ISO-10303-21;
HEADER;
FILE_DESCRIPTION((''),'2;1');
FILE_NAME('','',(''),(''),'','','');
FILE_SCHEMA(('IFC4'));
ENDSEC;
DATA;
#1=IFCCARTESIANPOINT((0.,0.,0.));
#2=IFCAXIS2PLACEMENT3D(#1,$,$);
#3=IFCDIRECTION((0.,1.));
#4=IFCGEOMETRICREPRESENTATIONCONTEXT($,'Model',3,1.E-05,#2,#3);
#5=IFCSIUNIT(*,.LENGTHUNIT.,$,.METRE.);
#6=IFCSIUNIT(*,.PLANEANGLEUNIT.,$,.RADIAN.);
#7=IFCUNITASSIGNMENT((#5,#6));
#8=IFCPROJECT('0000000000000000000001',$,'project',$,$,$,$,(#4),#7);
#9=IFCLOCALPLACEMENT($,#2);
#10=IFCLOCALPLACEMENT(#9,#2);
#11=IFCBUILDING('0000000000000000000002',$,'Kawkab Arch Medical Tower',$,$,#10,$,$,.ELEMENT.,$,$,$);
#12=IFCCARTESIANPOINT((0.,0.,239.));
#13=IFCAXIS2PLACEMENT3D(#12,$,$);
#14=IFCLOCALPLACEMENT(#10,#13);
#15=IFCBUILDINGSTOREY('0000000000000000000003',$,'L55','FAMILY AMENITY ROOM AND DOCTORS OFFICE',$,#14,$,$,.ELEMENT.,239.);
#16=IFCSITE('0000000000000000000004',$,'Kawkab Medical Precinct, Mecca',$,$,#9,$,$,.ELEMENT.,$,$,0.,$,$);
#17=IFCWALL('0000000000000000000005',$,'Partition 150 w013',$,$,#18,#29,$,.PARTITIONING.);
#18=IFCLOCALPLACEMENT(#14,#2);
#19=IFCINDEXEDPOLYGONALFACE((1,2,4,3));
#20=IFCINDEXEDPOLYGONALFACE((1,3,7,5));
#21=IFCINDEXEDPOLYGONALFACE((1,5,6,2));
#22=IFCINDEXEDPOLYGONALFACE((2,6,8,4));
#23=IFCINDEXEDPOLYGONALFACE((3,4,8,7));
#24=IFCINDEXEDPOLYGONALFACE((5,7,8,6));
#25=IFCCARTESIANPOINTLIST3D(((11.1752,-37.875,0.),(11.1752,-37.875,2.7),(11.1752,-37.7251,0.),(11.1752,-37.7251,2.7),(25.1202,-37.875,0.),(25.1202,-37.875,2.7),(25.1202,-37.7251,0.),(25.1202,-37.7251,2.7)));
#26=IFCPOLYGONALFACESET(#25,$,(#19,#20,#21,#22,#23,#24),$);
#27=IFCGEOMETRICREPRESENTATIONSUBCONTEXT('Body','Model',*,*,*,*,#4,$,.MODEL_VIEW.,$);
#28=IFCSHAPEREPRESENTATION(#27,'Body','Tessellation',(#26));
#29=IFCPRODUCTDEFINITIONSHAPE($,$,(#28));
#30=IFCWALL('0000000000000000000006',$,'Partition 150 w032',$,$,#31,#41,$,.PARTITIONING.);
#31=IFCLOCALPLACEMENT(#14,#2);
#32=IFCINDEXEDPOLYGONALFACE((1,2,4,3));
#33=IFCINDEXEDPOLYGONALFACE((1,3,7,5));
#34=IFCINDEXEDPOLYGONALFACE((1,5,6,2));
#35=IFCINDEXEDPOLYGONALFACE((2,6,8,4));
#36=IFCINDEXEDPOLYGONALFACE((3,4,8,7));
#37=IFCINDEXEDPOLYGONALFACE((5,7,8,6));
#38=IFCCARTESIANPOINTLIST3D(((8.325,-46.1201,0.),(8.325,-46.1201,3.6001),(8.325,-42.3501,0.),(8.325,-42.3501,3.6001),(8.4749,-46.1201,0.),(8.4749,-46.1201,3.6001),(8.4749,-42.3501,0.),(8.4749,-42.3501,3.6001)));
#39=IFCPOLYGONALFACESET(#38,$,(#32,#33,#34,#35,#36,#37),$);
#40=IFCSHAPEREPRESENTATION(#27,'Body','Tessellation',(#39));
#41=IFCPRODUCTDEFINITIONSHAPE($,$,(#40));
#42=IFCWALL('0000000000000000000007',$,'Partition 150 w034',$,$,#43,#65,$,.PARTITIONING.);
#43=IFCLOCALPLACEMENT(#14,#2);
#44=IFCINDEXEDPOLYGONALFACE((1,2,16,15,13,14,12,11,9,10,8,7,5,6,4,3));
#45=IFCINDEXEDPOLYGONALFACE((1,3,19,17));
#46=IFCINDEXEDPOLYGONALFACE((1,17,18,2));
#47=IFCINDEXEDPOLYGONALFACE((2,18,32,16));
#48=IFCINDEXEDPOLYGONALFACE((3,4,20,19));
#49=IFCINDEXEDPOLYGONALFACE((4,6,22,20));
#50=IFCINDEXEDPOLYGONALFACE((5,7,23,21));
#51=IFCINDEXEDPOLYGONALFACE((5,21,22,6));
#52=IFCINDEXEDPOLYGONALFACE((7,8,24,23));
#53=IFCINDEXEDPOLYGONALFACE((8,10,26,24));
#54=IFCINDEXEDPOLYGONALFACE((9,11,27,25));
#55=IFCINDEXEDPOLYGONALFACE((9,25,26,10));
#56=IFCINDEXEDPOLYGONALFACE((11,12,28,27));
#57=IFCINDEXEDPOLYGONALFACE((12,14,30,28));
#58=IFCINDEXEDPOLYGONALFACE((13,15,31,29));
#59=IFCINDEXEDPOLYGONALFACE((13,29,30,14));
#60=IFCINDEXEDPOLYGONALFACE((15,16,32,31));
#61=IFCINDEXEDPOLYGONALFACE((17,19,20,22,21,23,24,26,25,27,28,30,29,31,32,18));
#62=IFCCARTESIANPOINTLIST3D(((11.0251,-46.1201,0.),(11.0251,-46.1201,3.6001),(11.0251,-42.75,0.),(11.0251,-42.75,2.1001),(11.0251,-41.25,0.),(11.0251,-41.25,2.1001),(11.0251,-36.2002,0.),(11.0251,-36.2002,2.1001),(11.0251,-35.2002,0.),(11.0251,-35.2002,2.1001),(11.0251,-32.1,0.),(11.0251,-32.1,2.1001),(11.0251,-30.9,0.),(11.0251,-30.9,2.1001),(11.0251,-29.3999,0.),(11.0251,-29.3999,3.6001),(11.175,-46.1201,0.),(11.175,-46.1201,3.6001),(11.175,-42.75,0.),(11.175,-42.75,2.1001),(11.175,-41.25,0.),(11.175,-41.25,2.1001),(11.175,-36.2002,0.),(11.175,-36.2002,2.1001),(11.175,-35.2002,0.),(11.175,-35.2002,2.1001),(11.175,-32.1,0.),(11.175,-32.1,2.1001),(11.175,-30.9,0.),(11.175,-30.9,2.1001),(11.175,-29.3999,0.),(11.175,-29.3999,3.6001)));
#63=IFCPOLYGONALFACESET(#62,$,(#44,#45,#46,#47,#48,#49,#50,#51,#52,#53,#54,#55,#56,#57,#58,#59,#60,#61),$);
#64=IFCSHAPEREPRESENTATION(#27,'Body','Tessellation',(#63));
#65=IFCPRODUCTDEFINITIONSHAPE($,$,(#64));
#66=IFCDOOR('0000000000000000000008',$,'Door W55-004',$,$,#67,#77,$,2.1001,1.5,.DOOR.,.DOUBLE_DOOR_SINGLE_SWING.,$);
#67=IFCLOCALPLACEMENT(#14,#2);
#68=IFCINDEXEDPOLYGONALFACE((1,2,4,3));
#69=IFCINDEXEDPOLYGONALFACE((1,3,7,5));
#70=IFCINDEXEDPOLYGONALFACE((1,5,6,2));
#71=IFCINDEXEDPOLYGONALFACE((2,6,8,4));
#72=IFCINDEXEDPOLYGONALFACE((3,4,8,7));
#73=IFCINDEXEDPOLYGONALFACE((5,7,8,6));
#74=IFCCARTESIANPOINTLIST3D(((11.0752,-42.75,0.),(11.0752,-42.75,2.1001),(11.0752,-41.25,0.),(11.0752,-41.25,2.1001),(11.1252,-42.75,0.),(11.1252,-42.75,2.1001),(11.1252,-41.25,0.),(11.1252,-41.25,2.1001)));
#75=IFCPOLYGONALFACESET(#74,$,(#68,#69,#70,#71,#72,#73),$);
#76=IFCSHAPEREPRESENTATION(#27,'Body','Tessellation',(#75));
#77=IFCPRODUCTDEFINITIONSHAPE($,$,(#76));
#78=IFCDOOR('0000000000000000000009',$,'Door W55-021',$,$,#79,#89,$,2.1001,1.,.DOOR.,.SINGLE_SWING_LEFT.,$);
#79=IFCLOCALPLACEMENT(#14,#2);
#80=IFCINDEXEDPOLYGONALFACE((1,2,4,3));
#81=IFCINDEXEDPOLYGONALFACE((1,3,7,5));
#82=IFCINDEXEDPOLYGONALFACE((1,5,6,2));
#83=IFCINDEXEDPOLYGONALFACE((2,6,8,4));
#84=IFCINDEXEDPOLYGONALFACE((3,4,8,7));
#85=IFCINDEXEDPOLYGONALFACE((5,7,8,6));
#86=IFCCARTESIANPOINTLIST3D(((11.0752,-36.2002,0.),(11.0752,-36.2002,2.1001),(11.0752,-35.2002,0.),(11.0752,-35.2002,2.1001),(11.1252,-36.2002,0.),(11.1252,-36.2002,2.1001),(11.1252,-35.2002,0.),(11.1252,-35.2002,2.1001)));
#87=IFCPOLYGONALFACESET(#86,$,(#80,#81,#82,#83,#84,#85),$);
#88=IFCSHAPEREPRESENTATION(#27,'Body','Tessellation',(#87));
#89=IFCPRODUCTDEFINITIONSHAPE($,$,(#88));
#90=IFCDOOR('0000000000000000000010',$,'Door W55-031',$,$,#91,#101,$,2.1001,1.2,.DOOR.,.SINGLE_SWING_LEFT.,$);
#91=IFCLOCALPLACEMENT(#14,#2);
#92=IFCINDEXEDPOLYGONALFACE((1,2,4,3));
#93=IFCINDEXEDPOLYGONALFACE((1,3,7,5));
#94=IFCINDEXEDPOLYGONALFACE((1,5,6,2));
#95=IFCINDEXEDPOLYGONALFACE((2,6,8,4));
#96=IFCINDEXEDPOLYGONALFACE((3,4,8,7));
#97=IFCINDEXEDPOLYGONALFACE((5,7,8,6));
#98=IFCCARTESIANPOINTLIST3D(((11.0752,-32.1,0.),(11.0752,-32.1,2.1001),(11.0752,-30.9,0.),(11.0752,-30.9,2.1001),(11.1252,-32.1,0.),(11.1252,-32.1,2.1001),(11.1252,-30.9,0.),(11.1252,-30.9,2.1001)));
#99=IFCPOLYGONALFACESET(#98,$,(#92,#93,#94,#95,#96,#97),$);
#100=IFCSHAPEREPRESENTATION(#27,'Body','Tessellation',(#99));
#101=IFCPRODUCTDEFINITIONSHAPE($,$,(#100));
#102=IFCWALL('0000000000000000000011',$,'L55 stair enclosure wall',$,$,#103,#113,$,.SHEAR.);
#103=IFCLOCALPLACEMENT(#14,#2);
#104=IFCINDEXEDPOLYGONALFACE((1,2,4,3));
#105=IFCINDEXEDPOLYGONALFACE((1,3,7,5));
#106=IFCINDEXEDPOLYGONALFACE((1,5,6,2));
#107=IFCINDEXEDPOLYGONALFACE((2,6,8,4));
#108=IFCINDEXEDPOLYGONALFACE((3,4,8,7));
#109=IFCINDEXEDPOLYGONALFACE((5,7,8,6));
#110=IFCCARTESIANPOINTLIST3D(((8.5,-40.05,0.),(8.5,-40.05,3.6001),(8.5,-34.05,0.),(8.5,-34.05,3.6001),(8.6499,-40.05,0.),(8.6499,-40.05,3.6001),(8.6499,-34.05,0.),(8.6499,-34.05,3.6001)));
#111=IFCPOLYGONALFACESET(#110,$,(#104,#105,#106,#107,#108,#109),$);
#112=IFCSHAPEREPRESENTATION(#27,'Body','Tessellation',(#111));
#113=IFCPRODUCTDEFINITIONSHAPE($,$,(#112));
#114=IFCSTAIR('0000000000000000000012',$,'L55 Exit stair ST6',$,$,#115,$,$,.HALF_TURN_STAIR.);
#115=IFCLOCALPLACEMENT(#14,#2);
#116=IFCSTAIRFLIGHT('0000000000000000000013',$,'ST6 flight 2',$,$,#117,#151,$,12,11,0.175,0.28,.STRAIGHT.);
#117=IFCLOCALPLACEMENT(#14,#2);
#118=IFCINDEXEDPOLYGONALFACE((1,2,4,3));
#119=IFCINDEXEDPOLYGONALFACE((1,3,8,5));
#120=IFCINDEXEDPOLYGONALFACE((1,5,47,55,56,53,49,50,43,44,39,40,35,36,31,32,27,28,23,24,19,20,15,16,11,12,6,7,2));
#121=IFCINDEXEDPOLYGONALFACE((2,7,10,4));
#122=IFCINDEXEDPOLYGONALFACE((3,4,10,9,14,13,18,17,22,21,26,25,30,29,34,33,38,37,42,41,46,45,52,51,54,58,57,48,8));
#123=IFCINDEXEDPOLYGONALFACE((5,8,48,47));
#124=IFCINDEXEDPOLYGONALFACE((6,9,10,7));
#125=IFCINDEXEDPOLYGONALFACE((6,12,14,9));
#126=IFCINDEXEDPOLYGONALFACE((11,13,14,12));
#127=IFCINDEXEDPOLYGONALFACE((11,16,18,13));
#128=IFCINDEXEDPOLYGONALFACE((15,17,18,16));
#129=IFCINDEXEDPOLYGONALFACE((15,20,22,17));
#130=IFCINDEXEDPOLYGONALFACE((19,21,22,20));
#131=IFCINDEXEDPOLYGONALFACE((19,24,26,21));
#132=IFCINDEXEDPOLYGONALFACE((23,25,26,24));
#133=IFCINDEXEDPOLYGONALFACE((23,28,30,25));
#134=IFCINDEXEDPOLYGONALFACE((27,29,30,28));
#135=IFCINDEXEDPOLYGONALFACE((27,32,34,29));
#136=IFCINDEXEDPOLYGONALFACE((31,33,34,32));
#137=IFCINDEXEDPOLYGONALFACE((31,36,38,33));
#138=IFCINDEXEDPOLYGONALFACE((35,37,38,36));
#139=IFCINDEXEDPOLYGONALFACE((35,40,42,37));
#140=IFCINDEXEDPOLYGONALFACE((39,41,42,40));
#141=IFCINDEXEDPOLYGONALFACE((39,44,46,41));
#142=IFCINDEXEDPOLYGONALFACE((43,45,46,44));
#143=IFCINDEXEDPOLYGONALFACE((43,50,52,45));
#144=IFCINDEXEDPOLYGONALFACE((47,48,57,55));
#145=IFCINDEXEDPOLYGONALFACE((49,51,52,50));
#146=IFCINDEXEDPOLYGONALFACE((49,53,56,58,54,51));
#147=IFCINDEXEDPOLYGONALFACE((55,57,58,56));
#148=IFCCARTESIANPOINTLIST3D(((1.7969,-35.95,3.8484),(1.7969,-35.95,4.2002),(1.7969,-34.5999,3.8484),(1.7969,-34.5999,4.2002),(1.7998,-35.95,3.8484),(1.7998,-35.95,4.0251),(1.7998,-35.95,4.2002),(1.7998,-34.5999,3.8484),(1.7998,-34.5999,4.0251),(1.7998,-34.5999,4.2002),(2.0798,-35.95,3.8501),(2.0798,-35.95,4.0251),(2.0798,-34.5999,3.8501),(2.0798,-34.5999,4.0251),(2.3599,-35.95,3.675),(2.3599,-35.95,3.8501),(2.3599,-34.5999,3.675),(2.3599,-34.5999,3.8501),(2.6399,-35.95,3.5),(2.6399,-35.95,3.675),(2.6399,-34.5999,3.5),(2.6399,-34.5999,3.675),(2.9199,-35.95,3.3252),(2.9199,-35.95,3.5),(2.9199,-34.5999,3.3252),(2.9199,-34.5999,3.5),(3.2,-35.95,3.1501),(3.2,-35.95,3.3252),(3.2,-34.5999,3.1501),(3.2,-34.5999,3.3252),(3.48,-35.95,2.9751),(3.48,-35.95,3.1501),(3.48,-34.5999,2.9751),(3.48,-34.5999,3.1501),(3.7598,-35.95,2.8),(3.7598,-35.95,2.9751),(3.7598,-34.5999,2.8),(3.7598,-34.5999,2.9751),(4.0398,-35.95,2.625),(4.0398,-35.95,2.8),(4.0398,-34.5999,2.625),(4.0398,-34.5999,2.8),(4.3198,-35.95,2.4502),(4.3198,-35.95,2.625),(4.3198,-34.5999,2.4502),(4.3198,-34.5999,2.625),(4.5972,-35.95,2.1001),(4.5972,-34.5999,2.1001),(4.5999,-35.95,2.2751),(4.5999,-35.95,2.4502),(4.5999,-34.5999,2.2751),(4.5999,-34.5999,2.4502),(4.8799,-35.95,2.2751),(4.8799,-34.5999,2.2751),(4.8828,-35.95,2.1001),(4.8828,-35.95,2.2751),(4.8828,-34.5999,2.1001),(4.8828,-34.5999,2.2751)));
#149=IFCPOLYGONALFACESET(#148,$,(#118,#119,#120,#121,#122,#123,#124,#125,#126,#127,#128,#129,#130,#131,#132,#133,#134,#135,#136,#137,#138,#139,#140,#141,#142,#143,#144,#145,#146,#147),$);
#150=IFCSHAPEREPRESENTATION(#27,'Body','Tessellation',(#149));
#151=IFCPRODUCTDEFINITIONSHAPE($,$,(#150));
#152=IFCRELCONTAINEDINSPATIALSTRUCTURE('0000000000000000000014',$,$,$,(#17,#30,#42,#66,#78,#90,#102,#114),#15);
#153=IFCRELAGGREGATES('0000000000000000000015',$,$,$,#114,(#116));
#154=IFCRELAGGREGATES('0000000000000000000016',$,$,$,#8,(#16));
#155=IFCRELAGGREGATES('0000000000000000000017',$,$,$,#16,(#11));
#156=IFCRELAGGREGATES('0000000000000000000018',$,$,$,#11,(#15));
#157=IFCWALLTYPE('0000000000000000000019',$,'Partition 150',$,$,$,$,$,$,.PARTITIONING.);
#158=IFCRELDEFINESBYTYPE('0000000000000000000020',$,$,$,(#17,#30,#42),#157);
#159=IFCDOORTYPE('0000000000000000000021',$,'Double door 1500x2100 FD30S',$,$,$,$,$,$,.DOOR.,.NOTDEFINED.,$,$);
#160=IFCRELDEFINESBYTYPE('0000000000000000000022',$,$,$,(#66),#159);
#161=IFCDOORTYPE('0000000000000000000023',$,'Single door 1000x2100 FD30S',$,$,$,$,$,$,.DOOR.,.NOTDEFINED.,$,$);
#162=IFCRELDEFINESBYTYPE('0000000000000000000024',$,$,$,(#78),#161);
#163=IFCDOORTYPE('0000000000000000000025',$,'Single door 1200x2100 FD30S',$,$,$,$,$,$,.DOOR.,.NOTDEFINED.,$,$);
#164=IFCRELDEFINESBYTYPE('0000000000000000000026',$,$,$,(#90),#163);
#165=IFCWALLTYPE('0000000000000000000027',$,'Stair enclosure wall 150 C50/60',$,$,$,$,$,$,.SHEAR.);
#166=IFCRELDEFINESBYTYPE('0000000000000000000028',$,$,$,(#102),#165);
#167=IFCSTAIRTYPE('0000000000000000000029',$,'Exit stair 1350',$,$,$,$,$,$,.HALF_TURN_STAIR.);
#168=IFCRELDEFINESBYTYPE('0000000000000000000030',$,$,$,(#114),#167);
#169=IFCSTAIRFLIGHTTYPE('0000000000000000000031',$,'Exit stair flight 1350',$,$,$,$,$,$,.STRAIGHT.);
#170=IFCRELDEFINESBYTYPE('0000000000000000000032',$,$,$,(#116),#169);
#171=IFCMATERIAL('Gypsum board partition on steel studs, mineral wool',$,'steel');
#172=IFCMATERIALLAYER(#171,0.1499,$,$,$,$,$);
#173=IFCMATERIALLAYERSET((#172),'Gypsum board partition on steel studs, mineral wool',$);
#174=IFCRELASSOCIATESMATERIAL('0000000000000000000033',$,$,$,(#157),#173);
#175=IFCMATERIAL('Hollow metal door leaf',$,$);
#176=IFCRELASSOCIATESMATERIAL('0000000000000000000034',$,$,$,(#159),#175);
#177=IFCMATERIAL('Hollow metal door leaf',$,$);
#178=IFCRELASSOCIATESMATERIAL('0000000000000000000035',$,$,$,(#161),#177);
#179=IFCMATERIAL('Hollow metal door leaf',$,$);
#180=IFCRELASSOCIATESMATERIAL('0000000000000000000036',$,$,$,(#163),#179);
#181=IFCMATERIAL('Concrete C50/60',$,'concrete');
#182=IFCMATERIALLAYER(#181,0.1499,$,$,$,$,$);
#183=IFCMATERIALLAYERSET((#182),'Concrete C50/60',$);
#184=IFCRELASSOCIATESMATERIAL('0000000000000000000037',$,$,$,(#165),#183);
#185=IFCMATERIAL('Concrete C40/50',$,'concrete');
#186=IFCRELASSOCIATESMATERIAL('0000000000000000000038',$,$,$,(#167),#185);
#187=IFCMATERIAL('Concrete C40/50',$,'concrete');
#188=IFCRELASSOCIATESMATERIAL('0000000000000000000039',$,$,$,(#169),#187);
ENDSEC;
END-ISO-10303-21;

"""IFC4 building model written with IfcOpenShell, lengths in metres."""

from ifc_helpers import new_model, si_unit, direction, frame, frame_2d, origin, place, context, subcontext, project, spatial, polyline, rectangle, outline, extrude, material, layer, layer_set, type_object, element, fill, aggregate, save


model = new_model("IFC4")

# Units and contexts
model_context = context("Model", 3, precision=1e-05, world=origin(), true_north=direction((0.0, 1.0)))
body_context = subcontext(model_context, "Body", "Model", "MODEL_VIEW")
ifc_project = project(units=[si_unit("LENGTHUNIT", "METRE"), si_unit("PLANEANGLEUNIT", "RADIAN")], contexts=[model_context])

# Site, building, storey
site_placement = place(None, origin())
site = spatial("IfcSite", under=ifc_project, at=site_placement, Name="Kawkab Medical Precinct, Mecca", CompositionType="ELEMENT", RefElevation=0.0)
building_placement = place(site_placement, origin())
building = spatial("IfcBuilding", under=site, at=building_placement, Name="Kawkab Arch Medical Tower", CompositionType="ELEMENT")
storey_placement = place(building_placement, frame((0.0, 0.0, 239.0)))
storey = spatial("IfcBuildingStorey", under=building, at=storey_placement, Name="L55", Description="FAMILY AMENITY ROOM AND DOCTORS OFFICE", CompositionType="ELEMENT", Elevation=239.0)

# Shared definitions
placement = place(storey_placement, origin())

# Walls
ifc_material_1 = material(Name="Gypsum board partition on steel studs, mineral wool", Category="steel")
ifc_layer_1 = layer(ifc_material_1, 0.1499)
ifc_layer_set_1 = layer_set([ifc_layer_1], Name="Gypsum board partition on steel studs, mineral wool")
wall_type_1 = type_object("IfcWallType", Name="Partition 150", PredefinedType="PARTITIONING", material=ifc_layer_set_1)
wall_1_placement = place(storey_placement, frame((11.175, -37.8, 0.0), z_axis=(0.0, 0.0, 1.0), x_axis=(1.0, 0.0, 0.0)))
element("IfcWall", 1, at=wall_1_placement, inside=storey, type_object=wall_type_1, Name="Partition 150 w013", PredefinedType="PARTITIONING", context=body_context, shape_type="SweptSolid", body=[
    extrude(rectangle(XDim=13.9451, YDim=0.1499, at=frame_2d((6.9727, 0.0))), origin(), (0.0, 0.0, 1.0), 2.7),
])
wall_2_placement = place(storey_placement, frame((8.3999, -46.1201, 0.0), z_axis=(0.0, 0.0, 1.0), x_axis=(0.0, 1.0, 0.0)))
element("IfcWall", 2, at=wall_2_placement, inside=storey, type_object=wall_type_1, Name="Partition 150 w032", PredefinedType="PARTITIONING", context=body_context, shape_type="SweptSolid", body=[
    extrude(rectangle(XDim=3.77, YDim=0.1499, at=frame_2d((1.885, 0.0))), origin(), (0.0, 0.0, 1.0), 3.6001),
])

# Wall, openings, doors
wall_3_placement = place(storey_placement, frame((11.1001, -46.1201, 0.0), z_axis=(0.0, 0.0, 1.0), x_axis=(0.0, 1.0, 0.0)))
wall_3 = element("IfcWall", 3, at=wall_3_placement, inside=storey, type_object=wall_type_1, Name="Partition 150 w034", PredefinedType="PARTITIONING", context=body_context, shape_type="SweptSolid", body=[
    extrude(rectangle(XDim=16.7202, YDim=0.1499, at=frame_2d((8.3601, 0.0))), origin(), (0.0, 0.0, 1.0), 3.6001),
])
opening_1_placement = place(wall_3_placement, frame((14.02, 0.0, 0.0)))
opening_1 = element("IfcOpeningElement", 4, at=opening_1_placement, cuts=wall_3, PredefinedType="OPENING", context=body_context, shape_type="SweptSolid", body=[
    extrude(rectangle(XDim=1.2, YDim=2.1001, at=frame_2d((0.6001, 1.05))), frame((0.0, 0.085, 0.0), z_axis=(0.0, -1.0, 0.0), x_axis=(1.0, 0.0, 0.0)), (0.0, 0.0, 1.0), 0.1699),
])
opening_2_placement = place(wall_3_placement, frame((9.9199, 0.0, 0.0)))
opening_2 = element("IfcOpeningElement", 5, at=opening_2_placement, cuts=wall_3, PredefinedType="OPENING", context=body_context, shape_type="SweptSolid", body=[
    extrude(rectangle(XDim=1.0, YDim=2.1001, at=frame_2d((0.5, 1.05))), frame((0.0, 0.085, 0.0), z_axis=(0.0, -1.0, 0.0), x_axis=(1.0, 0.0, 0.0)), (0.0, 0.0, 1.0), 0.1699),
])
opening_3_placement = place(wall_3_placement, frame((3.3701, 0.0, 0.0)))
opening_3 = element("IfcOpeningElement", 6, at=opening_3_placement, cuts=wall_3, PredefinedType="OPENING", context=body_context, shape_type="SweptSolid", body=[
    extrude(rectangle(XDim=1.5, YDim=2.1001, at=frame_2d((0.75, 1.05))), frame((0.0, 0.085, 0.0), z_axis=(0.0, -1.0, 0.0), x_axis=(1.0, 0.0, 0.0)), (0.0, 0.0, 1.0), 0.1699),
])
ifc_material_2 = material(Name="Hollow metal door leaf")
door_type_1 = type_object("IfcDoorType", Name="Double door 1500x2100 FD30S", OperationType="NOTDEFINED", PredefinedType="DOOR", material=ifc_material_2)
door_1_placement = place(opening_3_placement, origin())
door_1 = element("IfcDoor", 7, at=door_1_placement, inside=storey, type_object=door_type_1, Name="Door W55-004", OperationType="DOUBLE_DOOR_SINGLE_SWING", OverallHeight=2.1001, OverallWidth=1.5, PredefinedType="DOOR", context=body_context, shape_type="SweptSolid", body=[
    extrude(rectangle(XDim=1.5, YDim=2.1001, at=frame_2d((0.75, 1.05))), frame((0.0, 0.0249, 0.0), z_axis=(0.0, -1.0, 0.0), x_axis=(1.0, 0.0, 0.0)), (0.0, 0.0, 1.0), 0.05),
])
fill(opening_3, door_1)
ifc_material_3 = material(Name="Hollow metal door leaf")
door_type_2 = type_object("IfcDoorType", Name="Single door 1000x2100 FD30S", OperationType="NOTDEFINED", PredefinedType="DOOR", material=ifc_material_3)
door_2_placement = place(opening_2_placement, origin())
door_2 = element("IfcDoor", 8, at=door_2_placement, inside=storey, type_object=door_type_2, Name="Door W55-021", OperationType="SINGLE_SWING_LEFT", OverallHeight=2.1001, OverallWidth=1.0, PredefinedType="DOOR", context=body_context, shape_type="SweptSolid", body=[
    extrude(rectangle(XDim=1.0, YDim=2.1001, at=frame_2d((0.5, 1.05))), frame((0.0, 0.0249, 0.0), z_axis=(0.0, -1.0, 0.0), x_axis=(1.0, 0.0, 0.0)), (0.0, 0.0, 1.0), 0.05),
])
fill(opening_2, door_2)
ifc_material_4 = material(Name="Hollow metal door leaf")
door_type_3 = type_object("IfcDoorType", Name="Single door 1200x2100 FD30S", OperationType="NOTDEFINED", PredefinedType="DOOR", material=ifc_material_4)
door_3_placement = place(opening_1_placement, origin())
door_3 = element("IfcDoor", 9, at=door_3_placement, inside=storey, type_object=door_type_3, Name="Door W55-031", OperationType="SINGLE_SWING_LEFT", OverallHeight=2.1001, OverallWidth=1.2, PredefinedType="DOOR", context=body_context, shape_type="SweptSolid", body=[
    extrude(rectangle(XDim=1.2, YDim=2.1001, at=frame_2d((0.6001, 1.05))), frame((0.0, 0.0249, 0.0), z_axis=(0.0, -1.0, 0.0), x_axis=(1.0, 0.0, 0.0)), (0.0, 0.0, 1.0), 0.05),
])
fill(opening_1, door_3)

# Wall
ifc_material_5 = material(Name="Concrete C50/60", Category="concrete")
ifc_layer_2 = layer(ifc_material_5, 0.1499)
ifc_layer_set_2 = layer_set([ifc_layer_2], Name="Concrete C50/60")
wall_type_2 = type_object("IfcWallType", Name="Stair enclosure wall 150 C50/60", PredefinedType="SHEAR", material=ifc_layer_set_2)
wall_4_placement = place(storey_placement, frame((8.575, -40.05, 0.0), z_axis=(0.0, 0.0, 1.0), x_axis=(0.0, 1.0, 0.0)))
element("IfcWall", 10, at=wall_4_placement, inside=storey, type_object=wall_type_2, Name="L55 stair enclosure wall", PredefinedType="SHEAR", context=body_context, shape_type="SweptSolid", body=[
    extrude(rectangle(XDim=6.0, YDim=0.1499, at=frame_2d((3.0, 0.0))), origin(), (0.0, 0.0, 1.0), 3.6001),
])

# Stair, stair flight
ifc_material_6 = material(Name="Concrete C40/50", Category="concrete")
stair_type = type_object("IfcStairType", Name="Exit stair 1350", PredefinedType="HALF_TURN_STAIR", material=ifc_material_6)
stair = element("IfcStair", 11, at=placement, inside=storey, type_object=stair_type, Name="L55 Exit stair ST6", PredefinedType="HALF_TURN_STAIR")
ifc_material_7 = material(Name="Concrete C40/50", Category="concrete")
stair_flight_type = type_object("IfcStairFlightType", Name="Exit stair flight 1350", PredefinedType="STRAIGHT", material=ifc_material_7)
stair_flight_placement = place(storey_placement, frame((4.8799, -35.2749, 2.1001), z_axis=(0.0, 0.0, 1.0), x_axis=(-1.0, 0.0, 0.0)))
stair_flight = element("IfcStairFlight", 12, at=stair_flight_placement, type_object=stair_flight_type, Name="ST6 flight 2", NumberOfRisers=12, NumberOfTreads=11, PredefinedType="STRAIGHT", RiserHeight=0.175, TreadLength=0.28, context=body_context, shape_type="SweptSolid", body=[
    extrude(outline(polyline([(-0.0029, 0.0), (-0.0029, 0.175), (0.0, 0.175), (0.28, 0.175), (0.28, 0.3501), (0.5601, 0.3501), (0.5601, 0.5249), (0.8401, 0.5249), (0.8401, 0.7), (1.1201, 0.7), (1.1201, 0.875), (1.3999, 0.875), (1.3999, 1.05), (1.6799, 1.05), (1.6799, 1.2251), (1.96, 1.2251), (1.96, 1.3999), (2.24, 1.3999), (2.24, 1.575), (2.52, 1.575), (2.52, 1.75), (2.8, 1.75), (2.8, 1.925), (3.0801, 1.925), (3.0801, 2.1001), (3.083, 2.1001), (3.083, 1.7483), (3.0801, 1.7483), (0.2827, 0.0), (-0.0029, 0.0)])), frame((0.0, 0.675, 0.0), z_axis=(0.0, -1.0, 0.0), x_axis=(1.0, 0.0, 0.0)), (0.0, 0.0, 1.0), 1.3501),
])
aggregate(stair, [stair_flight])

save(model, "model.ifc")
